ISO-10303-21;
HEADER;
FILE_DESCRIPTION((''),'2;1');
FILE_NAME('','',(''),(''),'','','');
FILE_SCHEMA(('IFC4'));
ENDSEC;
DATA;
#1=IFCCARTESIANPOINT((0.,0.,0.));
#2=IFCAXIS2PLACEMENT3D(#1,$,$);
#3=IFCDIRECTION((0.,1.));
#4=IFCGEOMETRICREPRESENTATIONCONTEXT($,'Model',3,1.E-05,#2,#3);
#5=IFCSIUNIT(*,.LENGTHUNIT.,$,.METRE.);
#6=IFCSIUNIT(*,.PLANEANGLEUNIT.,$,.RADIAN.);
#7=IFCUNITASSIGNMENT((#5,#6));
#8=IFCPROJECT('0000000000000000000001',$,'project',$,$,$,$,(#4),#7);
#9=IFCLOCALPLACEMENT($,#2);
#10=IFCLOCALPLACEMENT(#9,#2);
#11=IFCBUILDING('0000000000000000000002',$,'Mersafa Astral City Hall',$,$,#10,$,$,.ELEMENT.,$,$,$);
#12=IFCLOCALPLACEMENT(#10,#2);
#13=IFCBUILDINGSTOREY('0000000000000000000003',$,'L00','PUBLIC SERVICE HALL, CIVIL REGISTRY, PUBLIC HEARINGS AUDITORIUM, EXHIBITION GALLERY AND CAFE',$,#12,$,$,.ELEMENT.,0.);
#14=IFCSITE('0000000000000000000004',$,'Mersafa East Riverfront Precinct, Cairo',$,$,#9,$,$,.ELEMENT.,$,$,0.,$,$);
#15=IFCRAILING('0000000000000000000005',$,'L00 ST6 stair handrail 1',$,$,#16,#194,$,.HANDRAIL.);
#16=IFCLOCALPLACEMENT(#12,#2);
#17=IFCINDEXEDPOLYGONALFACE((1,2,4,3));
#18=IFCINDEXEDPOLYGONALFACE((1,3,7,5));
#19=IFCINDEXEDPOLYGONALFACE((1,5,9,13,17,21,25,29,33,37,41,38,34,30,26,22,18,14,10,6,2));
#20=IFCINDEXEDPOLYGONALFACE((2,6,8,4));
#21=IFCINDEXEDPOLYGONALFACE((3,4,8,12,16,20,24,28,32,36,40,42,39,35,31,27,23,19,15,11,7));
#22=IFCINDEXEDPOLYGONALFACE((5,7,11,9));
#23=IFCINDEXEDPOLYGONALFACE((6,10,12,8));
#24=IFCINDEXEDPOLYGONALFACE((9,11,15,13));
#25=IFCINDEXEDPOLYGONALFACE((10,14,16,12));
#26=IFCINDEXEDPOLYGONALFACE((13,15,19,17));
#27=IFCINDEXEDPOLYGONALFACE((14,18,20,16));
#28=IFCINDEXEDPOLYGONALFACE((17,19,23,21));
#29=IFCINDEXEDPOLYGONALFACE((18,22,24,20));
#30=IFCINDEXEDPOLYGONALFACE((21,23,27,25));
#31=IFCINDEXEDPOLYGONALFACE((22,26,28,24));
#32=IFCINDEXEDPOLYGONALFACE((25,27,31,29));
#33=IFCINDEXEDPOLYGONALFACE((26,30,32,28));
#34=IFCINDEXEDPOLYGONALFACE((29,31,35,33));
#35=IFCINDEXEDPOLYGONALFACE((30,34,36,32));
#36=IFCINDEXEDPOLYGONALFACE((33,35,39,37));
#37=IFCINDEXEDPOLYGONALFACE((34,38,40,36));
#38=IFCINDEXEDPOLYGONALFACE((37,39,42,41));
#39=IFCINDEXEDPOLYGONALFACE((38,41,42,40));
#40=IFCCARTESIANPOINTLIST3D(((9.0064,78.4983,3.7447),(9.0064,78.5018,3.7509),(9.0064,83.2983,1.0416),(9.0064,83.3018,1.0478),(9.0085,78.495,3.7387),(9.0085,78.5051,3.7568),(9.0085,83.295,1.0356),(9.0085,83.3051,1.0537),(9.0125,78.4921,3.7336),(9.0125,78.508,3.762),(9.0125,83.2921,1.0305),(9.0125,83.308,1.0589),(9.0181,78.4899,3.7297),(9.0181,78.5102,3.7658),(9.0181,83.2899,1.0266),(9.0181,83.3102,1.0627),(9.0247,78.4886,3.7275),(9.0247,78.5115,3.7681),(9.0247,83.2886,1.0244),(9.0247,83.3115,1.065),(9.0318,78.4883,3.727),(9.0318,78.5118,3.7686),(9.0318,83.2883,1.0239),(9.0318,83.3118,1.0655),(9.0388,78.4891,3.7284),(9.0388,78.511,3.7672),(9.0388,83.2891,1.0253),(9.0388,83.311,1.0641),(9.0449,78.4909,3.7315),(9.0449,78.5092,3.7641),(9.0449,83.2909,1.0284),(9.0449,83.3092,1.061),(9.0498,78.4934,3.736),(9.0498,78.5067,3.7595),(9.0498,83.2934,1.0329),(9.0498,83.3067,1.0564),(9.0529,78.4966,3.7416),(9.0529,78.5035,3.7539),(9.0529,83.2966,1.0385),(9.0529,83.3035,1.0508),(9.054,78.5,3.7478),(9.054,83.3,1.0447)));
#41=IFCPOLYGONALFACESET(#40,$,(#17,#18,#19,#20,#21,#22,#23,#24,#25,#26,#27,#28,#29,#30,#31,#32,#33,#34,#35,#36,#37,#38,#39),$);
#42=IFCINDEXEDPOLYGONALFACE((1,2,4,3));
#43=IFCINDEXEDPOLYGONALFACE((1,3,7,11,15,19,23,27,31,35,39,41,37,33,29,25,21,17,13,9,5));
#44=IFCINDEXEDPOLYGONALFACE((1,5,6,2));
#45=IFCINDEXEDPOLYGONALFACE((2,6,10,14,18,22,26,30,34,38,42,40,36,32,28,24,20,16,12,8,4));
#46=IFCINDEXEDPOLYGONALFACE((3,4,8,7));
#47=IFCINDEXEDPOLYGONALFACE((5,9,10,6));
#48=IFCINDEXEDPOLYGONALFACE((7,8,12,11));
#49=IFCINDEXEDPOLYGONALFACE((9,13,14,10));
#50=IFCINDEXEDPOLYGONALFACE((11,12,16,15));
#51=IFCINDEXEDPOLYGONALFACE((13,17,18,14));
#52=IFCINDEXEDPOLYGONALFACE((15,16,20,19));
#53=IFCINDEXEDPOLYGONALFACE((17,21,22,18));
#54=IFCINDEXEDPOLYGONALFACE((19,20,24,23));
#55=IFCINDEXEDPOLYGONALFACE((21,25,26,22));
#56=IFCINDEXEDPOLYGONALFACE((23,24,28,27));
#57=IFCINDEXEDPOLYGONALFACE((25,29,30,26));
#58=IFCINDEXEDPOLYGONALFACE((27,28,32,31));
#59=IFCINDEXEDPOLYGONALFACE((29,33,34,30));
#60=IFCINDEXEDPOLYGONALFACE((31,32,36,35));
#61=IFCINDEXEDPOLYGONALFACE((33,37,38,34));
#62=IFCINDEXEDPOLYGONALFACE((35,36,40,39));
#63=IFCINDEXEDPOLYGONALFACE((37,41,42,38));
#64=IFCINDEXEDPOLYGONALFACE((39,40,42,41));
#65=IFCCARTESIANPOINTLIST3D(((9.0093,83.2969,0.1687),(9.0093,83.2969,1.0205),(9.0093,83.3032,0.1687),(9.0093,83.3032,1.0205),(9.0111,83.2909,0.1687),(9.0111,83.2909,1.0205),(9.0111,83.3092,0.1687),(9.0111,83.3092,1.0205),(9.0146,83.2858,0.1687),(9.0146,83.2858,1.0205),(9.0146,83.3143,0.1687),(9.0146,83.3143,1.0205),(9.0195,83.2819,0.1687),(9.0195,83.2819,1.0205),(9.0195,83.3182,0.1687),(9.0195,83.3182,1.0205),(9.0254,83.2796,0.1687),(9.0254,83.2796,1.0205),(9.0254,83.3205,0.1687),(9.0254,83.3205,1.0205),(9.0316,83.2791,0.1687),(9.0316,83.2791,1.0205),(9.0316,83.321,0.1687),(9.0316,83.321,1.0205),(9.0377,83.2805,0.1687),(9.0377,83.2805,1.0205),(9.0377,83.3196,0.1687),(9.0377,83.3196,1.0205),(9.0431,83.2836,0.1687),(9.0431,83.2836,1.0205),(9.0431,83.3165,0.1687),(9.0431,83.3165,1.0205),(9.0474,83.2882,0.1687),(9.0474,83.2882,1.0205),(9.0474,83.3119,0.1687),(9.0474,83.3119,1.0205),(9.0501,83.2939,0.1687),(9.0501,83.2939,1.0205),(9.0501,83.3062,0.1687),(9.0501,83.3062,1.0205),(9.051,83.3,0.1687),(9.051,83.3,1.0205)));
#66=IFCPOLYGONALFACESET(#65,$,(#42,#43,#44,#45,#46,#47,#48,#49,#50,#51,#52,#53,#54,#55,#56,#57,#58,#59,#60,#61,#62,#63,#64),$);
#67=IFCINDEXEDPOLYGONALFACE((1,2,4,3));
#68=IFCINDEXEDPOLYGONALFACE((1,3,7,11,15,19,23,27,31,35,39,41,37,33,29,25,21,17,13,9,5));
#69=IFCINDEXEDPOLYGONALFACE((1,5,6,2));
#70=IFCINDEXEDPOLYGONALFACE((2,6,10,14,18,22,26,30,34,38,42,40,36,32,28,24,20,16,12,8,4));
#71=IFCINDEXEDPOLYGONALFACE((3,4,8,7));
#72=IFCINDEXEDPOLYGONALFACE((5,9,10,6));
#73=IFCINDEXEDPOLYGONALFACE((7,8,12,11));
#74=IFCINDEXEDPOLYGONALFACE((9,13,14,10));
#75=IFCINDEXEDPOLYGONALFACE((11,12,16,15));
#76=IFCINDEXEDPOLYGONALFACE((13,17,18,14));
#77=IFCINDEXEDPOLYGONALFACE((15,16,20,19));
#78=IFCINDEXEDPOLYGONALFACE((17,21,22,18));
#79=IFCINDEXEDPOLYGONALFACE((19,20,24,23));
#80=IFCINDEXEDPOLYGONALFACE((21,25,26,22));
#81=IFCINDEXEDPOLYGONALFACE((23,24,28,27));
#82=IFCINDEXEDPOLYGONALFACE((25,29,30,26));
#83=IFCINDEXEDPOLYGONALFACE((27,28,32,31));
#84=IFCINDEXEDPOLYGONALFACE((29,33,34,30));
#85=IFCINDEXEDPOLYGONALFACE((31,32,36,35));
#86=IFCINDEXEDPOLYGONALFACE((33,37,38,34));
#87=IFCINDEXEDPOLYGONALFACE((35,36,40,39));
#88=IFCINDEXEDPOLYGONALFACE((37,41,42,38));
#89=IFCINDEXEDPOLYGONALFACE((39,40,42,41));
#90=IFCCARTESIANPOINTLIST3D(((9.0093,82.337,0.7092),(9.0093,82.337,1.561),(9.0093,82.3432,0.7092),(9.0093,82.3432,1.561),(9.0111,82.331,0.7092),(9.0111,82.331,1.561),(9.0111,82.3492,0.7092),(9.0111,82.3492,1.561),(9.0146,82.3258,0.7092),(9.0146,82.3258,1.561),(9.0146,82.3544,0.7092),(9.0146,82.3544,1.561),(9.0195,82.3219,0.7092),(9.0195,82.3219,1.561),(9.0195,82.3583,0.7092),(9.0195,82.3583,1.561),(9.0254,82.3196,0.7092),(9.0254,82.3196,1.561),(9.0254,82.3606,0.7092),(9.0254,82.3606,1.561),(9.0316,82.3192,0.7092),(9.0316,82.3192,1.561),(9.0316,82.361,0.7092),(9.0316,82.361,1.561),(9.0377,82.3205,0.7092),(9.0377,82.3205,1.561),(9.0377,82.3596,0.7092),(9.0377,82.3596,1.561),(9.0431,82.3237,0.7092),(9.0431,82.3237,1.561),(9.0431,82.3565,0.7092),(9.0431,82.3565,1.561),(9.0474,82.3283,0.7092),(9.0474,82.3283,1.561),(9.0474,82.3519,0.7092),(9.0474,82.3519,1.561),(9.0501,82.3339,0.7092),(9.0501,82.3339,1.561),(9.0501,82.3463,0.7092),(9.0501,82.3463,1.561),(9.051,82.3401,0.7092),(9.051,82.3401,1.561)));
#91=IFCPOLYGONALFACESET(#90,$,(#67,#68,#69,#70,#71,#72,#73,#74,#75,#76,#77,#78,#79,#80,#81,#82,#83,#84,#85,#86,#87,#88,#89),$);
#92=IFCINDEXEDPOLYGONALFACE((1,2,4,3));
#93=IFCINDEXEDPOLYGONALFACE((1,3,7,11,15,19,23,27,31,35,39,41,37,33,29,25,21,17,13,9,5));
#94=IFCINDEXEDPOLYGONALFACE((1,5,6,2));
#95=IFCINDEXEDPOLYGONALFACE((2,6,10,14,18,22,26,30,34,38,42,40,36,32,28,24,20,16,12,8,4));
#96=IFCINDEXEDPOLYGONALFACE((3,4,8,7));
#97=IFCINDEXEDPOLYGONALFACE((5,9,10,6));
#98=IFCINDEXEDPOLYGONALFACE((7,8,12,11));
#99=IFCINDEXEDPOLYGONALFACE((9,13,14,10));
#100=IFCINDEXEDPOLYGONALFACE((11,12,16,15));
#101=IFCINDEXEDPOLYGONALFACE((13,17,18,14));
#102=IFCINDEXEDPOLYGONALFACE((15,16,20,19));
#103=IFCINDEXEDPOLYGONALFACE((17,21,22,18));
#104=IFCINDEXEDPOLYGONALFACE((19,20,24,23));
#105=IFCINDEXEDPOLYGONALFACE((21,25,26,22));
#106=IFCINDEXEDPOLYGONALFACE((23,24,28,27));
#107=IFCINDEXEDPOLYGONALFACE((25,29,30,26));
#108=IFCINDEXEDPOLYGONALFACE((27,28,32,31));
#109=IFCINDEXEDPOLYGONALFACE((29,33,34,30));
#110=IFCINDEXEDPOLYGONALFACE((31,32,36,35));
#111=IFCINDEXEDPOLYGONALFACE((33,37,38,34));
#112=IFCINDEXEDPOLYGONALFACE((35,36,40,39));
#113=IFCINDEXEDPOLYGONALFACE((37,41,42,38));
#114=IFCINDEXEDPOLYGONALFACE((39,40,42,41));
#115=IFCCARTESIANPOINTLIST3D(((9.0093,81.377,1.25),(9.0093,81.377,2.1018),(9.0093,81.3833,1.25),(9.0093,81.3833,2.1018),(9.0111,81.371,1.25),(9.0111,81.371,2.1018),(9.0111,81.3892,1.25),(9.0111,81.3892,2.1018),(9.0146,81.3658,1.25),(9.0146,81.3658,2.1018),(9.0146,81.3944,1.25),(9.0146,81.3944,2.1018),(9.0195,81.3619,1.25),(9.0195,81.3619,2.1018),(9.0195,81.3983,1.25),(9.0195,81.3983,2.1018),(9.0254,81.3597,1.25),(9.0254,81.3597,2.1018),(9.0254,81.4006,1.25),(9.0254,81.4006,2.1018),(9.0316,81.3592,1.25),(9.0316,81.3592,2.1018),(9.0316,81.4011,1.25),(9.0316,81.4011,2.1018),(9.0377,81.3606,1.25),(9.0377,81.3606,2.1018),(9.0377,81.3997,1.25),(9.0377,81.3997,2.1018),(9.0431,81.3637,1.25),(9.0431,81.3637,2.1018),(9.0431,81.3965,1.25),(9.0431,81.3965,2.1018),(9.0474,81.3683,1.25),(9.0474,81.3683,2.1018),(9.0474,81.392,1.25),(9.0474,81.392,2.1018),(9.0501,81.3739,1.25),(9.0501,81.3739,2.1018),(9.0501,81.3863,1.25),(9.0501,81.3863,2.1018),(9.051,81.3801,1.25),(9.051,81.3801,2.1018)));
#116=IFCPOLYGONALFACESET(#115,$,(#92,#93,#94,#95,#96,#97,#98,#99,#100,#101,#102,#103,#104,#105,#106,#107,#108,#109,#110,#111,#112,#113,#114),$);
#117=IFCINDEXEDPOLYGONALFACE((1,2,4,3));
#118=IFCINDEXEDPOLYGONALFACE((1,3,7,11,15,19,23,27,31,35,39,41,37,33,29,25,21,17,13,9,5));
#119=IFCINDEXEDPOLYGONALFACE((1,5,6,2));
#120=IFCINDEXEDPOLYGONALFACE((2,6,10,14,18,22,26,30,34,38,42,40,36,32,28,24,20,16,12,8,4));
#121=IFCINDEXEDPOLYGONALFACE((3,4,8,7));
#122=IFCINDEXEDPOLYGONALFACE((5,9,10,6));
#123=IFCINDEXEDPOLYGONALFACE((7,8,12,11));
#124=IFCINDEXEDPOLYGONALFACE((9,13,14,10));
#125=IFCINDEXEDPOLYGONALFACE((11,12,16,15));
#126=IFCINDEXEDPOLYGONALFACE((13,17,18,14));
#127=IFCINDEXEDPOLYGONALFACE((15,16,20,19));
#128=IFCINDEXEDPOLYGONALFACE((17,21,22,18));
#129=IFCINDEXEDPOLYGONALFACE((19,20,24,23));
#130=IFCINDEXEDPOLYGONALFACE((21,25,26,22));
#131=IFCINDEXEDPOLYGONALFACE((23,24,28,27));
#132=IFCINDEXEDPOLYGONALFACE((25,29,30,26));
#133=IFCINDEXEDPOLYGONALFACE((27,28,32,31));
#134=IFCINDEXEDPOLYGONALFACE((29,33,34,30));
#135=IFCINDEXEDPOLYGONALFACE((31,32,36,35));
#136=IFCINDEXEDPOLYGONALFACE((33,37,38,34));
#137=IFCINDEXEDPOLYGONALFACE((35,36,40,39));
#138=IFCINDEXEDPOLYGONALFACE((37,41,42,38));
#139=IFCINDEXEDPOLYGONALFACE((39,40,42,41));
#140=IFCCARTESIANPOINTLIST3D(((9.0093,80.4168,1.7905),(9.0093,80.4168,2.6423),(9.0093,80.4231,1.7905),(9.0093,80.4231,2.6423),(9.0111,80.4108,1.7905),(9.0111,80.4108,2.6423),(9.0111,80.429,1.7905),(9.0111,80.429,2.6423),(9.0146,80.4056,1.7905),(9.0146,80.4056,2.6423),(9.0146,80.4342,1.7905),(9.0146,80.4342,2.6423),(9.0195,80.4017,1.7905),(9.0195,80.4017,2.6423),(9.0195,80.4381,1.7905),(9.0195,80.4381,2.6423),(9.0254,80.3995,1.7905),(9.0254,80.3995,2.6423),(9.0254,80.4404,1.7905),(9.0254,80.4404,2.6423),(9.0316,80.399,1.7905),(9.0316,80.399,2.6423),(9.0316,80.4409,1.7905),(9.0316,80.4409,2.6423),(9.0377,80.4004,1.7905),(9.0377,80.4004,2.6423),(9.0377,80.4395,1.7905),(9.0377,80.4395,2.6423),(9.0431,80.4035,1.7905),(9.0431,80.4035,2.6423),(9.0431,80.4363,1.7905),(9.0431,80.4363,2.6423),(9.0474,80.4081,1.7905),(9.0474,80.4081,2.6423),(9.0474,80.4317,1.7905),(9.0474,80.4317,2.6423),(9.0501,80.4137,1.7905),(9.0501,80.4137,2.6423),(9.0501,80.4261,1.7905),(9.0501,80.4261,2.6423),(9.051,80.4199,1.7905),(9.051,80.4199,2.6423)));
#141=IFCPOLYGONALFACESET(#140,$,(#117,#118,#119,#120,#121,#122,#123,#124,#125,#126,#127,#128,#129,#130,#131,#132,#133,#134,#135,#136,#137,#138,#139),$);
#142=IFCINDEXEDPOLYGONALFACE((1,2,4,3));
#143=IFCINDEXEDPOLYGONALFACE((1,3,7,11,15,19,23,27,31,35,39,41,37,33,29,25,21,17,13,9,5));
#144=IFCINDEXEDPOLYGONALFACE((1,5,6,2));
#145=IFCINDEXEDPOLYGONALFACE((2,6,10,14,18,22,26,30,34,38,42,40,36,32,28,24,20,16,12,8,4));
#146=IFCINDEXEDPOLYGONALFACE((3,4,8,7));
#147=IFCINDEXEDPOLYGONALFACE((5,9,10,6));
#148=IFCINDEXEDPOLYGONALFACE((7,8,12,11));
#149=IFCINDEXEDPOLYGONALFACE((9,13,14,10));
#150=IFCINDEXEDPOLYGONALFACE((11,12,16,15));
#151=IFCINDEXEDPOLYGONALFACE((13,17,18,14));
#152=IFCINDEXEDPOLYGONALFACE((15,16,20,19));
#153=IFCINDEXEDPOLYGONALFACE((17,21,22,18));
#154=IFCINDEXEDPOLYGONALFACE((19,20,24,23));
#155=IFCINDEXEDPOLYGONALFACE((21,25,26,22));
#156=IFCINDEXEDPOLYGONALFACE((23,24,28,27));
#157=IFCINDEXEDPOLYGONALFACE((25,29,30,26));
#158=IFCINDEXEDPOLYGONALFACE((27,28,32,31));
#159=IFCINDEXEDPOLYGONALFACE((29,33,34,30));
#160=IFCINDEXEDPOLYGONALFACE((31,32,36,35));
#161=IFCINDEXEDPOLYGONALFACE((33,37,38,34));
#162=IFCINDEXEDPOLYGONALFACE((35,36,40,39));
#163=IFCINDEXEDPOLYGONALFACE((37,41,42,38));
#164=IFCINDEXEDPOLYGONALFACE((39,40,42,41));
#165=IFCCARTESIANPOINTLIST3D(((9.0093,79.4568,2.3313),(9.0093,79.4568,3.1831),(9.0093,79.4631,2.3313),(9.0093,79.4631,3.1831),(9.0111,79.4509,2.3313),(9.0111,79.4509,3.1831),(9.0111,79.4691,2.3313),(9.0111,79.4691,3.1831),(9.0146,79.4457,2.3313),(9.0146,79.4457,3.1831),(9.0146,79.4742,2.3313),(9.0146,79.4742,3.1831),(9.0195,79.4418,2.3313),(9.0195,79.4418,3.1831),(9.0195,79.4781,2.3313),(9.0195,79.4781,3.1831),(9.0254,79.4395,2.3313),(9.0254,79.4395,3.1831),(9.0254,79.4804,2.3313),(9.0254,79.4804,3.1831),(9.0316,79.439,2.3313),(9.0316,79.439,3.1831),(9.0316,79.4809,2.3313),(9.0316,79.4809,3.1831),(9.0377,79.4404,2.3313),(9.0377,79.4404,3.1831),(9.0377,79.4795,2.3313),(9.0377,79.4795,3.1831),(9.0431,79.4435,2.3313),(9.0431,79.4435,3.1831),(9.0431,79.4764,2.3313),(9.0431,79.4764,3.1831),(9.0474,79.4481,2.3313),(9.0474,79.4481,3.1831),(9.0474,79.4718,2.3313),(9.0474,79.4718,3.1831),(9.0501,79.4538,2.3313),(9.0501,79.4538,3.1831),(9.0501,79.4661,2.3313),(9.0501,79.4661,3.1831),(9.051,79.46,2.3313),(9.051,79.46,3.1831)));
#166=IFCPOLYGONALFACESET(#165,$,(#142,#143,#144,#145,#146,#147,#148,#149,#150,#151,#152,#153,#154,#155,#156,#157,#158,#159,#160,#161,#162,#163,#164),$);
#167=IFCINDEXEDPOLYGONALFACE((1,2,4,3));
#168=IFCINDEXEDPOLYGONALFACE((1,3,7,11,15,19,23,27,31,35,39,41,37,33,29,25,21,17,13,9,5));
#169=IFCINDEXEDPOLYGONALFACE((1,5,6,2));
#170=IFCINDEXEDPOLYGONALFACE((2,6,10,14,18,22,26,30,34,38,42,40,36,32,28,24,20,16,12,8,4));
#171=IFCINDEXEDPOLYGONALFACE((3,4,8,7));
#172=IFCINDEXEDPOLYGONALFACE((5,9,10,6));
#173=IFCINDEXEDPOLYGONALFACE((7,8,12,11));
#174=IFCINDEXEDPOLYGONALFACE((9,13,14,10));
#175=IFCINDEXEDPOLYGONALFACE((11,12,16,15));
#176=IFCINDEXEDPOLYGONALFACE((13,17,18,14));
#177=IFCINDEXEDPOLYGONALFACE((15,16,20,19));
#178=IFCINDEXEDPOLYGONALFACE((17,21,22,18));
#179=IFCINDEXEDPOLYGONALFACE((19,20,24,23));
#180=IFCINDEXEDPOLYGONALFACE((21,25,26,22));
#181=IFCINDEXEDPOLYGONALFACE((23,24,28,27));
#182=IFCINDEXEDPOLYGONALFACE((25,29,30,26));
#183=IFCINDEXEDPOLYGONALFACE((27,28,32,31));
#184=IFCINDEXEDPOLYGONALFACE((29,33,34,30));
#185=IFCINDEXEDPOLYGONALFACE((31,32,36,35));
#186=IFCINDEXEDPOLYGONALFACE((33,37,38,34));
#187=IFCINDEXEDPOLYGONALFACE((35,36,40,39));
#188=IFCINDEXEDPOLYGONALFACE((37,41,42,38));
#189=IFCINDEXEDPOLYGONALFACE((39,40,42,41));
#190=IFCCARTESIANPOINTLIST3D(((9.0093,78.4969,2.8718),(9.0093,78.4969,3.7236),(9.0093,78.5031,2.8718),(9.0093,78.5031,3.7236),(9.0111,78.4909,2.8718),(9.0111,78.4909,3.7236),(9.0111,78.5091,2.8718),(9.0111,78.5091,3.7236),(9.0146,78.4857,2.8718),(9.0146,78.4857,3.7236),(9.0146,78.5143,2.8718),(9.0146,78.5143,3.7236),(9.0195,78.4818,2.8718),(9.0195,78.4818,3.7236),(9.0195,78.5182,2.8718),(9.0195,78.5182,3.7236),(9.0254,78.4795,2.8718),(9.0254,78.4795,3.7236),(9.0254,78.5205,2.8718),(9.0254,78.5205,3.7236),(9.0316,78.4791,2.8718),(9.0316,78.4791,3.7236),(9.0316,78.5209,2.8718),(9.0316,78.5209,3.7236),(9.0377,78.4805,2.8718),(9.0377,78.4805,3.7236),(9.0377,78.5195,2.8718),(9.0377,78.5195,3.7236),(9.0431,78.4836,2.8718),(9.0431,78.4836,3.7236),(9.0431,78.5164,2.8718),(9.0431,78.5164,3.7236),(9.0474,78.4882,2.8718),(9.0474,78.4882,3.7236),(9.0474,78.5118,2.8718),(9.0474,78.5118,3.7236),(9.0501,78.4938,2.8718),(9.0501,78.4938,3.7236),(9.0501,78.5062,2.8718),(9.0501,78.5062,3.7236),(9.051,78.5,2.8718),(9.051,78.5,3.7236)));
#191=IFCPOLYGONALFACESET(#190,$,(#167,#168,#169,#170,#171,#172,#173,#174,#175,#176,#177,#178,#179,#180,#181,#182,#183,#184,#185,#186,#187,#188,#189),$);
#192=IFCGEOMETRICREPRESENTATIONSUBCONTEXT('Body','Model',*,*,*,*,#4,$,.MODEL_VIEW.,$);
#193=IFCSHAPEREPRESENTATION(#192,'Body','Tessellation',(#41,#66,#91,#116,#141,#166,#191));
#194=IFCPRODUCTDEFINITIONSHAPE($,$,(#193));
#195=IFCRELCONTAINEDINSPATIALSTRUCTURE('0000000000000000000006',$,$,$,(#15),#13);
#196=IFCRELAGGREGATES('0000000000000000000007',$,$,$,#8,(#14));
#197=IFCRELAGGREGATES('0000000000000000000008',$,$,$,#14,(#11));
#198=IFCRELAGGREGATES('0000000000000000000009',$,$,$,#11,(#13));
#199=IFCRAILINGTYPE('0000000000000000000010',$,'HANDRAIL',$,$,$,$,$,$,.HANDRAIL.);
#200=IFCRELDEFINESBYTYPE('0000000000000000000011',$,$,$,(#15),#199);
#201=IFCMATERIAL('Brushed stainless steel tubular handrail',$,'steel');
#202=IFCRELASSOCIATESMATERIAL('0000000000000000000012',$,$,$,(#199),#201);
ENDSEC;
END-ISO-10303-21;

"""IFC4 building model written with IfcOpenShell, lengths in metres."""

from ifc_helpers import new_model, si_unit, direction, frame, origin, origin_2d, place, context, subcontext, project, spatial, circle, extrude, material, type_object, element, save


model = new_model("IFC4")

# Units and contexts
model_context = context("Model", 3, precision=1e-05, world=origin(), true_north=direction((0.0, 1.0)))
body_context = subcontext(model_context, "Body", "Model", "MODEL_VIEW")
ifc_project = project(units=[si_unit("LENGTHUNIT", "METRE"), si_unit("PLANEANGLEUNIT", "RADIAN")], contexts=[model_context])

# Site, building, storey
site_placement = place(None, origin())
site = spatial("IfcSite", under=ifc_project, at=site_placement, Name="Mersafa East Riverfront Precinct, Cairo", CompositionType="ELEMENT", RefElevation=0.0)
building_placement = place(site_placement, origin())
building = spatial("IfcBuilding", under=site, at=building_placement, Name="Mersafa Astral City Hall", CompositionType="ELEMENT")
storey_placement = place(building_placement, origin())
storey = spatial("IfcBuildingStorey", under=building, at=storey_placement, Name="L00", Description="PUBLIC SERVICE HALL, CIVIL REGISTRY, PUBLIC HEARINGS AUDITORIUM, EXHIBITION GALLERY AND CAFE", CompositionType="ELEMENT", Elevation=0.0)

# Railing
ifc_material_1 = material(Name="Brushed stainless steel tubular handrail", Category="steel")
railing_type_1 = type_object("IfcRailingType", Name="HANDRAIL", PredefinedType="HANDRAIL", material=ifc_material_1)
railing_1_placement = place(storey_placement, frame((9.03, 83.3, 0.1687)))
element("IfcRailing", 1, at=railing_1_placement, inside=storey, type_object=railing_type_1, Name="L00 ST6 stair handrail 1", PredefinedType="HANDRAIL", context=body_context, shape_type="SweptSolid", body=[
    extrude(circle(Radius=0.0239, at=origin_2d()), frame((0.0, 0.0, 0.876), z_axis=(0.0, -0.871335, 0.490688), x_axis=(1.0, 0.0, 0.0)), (0.0, 0.0, 1.0), 5.5088),
    extrude(circle(Radius=0.021, at=origin_2d()), origin(), (0.0, 0.0, 1.0), 0.8518),
    extrude(circle(Radius=0.021, at=origin_2d()), frame((0.0, -0.96, 0.5405)), (0.0, 0.0, 1.0), 0.8518),
    extrude(circle(Radius=0.021, at=origin_2d()), frame((0.0, -1.9199, 1.0813)), (0.0, 0.0, 1.0), 0.8518),
    extrude(circle(Radius=0.021, at=origin_2d()), frame((0.0, -2.8801, 1.6218)), (0.0, 0.0, 1.0), 0.8518),
    extrude(circle(Radius=0.021, at=origin_2d()), frame((0.0, -3.8401, 2.1626)), (0.0, 0.0, 1.0), 0.8518),
    extrude(circle(Radius=0.021, at=origin_2d()), frame((0.0, -4.8, 2.7031)), (0.0, 0.0, 1.0), 0.8518),
])

save(model, "model.ifc")
